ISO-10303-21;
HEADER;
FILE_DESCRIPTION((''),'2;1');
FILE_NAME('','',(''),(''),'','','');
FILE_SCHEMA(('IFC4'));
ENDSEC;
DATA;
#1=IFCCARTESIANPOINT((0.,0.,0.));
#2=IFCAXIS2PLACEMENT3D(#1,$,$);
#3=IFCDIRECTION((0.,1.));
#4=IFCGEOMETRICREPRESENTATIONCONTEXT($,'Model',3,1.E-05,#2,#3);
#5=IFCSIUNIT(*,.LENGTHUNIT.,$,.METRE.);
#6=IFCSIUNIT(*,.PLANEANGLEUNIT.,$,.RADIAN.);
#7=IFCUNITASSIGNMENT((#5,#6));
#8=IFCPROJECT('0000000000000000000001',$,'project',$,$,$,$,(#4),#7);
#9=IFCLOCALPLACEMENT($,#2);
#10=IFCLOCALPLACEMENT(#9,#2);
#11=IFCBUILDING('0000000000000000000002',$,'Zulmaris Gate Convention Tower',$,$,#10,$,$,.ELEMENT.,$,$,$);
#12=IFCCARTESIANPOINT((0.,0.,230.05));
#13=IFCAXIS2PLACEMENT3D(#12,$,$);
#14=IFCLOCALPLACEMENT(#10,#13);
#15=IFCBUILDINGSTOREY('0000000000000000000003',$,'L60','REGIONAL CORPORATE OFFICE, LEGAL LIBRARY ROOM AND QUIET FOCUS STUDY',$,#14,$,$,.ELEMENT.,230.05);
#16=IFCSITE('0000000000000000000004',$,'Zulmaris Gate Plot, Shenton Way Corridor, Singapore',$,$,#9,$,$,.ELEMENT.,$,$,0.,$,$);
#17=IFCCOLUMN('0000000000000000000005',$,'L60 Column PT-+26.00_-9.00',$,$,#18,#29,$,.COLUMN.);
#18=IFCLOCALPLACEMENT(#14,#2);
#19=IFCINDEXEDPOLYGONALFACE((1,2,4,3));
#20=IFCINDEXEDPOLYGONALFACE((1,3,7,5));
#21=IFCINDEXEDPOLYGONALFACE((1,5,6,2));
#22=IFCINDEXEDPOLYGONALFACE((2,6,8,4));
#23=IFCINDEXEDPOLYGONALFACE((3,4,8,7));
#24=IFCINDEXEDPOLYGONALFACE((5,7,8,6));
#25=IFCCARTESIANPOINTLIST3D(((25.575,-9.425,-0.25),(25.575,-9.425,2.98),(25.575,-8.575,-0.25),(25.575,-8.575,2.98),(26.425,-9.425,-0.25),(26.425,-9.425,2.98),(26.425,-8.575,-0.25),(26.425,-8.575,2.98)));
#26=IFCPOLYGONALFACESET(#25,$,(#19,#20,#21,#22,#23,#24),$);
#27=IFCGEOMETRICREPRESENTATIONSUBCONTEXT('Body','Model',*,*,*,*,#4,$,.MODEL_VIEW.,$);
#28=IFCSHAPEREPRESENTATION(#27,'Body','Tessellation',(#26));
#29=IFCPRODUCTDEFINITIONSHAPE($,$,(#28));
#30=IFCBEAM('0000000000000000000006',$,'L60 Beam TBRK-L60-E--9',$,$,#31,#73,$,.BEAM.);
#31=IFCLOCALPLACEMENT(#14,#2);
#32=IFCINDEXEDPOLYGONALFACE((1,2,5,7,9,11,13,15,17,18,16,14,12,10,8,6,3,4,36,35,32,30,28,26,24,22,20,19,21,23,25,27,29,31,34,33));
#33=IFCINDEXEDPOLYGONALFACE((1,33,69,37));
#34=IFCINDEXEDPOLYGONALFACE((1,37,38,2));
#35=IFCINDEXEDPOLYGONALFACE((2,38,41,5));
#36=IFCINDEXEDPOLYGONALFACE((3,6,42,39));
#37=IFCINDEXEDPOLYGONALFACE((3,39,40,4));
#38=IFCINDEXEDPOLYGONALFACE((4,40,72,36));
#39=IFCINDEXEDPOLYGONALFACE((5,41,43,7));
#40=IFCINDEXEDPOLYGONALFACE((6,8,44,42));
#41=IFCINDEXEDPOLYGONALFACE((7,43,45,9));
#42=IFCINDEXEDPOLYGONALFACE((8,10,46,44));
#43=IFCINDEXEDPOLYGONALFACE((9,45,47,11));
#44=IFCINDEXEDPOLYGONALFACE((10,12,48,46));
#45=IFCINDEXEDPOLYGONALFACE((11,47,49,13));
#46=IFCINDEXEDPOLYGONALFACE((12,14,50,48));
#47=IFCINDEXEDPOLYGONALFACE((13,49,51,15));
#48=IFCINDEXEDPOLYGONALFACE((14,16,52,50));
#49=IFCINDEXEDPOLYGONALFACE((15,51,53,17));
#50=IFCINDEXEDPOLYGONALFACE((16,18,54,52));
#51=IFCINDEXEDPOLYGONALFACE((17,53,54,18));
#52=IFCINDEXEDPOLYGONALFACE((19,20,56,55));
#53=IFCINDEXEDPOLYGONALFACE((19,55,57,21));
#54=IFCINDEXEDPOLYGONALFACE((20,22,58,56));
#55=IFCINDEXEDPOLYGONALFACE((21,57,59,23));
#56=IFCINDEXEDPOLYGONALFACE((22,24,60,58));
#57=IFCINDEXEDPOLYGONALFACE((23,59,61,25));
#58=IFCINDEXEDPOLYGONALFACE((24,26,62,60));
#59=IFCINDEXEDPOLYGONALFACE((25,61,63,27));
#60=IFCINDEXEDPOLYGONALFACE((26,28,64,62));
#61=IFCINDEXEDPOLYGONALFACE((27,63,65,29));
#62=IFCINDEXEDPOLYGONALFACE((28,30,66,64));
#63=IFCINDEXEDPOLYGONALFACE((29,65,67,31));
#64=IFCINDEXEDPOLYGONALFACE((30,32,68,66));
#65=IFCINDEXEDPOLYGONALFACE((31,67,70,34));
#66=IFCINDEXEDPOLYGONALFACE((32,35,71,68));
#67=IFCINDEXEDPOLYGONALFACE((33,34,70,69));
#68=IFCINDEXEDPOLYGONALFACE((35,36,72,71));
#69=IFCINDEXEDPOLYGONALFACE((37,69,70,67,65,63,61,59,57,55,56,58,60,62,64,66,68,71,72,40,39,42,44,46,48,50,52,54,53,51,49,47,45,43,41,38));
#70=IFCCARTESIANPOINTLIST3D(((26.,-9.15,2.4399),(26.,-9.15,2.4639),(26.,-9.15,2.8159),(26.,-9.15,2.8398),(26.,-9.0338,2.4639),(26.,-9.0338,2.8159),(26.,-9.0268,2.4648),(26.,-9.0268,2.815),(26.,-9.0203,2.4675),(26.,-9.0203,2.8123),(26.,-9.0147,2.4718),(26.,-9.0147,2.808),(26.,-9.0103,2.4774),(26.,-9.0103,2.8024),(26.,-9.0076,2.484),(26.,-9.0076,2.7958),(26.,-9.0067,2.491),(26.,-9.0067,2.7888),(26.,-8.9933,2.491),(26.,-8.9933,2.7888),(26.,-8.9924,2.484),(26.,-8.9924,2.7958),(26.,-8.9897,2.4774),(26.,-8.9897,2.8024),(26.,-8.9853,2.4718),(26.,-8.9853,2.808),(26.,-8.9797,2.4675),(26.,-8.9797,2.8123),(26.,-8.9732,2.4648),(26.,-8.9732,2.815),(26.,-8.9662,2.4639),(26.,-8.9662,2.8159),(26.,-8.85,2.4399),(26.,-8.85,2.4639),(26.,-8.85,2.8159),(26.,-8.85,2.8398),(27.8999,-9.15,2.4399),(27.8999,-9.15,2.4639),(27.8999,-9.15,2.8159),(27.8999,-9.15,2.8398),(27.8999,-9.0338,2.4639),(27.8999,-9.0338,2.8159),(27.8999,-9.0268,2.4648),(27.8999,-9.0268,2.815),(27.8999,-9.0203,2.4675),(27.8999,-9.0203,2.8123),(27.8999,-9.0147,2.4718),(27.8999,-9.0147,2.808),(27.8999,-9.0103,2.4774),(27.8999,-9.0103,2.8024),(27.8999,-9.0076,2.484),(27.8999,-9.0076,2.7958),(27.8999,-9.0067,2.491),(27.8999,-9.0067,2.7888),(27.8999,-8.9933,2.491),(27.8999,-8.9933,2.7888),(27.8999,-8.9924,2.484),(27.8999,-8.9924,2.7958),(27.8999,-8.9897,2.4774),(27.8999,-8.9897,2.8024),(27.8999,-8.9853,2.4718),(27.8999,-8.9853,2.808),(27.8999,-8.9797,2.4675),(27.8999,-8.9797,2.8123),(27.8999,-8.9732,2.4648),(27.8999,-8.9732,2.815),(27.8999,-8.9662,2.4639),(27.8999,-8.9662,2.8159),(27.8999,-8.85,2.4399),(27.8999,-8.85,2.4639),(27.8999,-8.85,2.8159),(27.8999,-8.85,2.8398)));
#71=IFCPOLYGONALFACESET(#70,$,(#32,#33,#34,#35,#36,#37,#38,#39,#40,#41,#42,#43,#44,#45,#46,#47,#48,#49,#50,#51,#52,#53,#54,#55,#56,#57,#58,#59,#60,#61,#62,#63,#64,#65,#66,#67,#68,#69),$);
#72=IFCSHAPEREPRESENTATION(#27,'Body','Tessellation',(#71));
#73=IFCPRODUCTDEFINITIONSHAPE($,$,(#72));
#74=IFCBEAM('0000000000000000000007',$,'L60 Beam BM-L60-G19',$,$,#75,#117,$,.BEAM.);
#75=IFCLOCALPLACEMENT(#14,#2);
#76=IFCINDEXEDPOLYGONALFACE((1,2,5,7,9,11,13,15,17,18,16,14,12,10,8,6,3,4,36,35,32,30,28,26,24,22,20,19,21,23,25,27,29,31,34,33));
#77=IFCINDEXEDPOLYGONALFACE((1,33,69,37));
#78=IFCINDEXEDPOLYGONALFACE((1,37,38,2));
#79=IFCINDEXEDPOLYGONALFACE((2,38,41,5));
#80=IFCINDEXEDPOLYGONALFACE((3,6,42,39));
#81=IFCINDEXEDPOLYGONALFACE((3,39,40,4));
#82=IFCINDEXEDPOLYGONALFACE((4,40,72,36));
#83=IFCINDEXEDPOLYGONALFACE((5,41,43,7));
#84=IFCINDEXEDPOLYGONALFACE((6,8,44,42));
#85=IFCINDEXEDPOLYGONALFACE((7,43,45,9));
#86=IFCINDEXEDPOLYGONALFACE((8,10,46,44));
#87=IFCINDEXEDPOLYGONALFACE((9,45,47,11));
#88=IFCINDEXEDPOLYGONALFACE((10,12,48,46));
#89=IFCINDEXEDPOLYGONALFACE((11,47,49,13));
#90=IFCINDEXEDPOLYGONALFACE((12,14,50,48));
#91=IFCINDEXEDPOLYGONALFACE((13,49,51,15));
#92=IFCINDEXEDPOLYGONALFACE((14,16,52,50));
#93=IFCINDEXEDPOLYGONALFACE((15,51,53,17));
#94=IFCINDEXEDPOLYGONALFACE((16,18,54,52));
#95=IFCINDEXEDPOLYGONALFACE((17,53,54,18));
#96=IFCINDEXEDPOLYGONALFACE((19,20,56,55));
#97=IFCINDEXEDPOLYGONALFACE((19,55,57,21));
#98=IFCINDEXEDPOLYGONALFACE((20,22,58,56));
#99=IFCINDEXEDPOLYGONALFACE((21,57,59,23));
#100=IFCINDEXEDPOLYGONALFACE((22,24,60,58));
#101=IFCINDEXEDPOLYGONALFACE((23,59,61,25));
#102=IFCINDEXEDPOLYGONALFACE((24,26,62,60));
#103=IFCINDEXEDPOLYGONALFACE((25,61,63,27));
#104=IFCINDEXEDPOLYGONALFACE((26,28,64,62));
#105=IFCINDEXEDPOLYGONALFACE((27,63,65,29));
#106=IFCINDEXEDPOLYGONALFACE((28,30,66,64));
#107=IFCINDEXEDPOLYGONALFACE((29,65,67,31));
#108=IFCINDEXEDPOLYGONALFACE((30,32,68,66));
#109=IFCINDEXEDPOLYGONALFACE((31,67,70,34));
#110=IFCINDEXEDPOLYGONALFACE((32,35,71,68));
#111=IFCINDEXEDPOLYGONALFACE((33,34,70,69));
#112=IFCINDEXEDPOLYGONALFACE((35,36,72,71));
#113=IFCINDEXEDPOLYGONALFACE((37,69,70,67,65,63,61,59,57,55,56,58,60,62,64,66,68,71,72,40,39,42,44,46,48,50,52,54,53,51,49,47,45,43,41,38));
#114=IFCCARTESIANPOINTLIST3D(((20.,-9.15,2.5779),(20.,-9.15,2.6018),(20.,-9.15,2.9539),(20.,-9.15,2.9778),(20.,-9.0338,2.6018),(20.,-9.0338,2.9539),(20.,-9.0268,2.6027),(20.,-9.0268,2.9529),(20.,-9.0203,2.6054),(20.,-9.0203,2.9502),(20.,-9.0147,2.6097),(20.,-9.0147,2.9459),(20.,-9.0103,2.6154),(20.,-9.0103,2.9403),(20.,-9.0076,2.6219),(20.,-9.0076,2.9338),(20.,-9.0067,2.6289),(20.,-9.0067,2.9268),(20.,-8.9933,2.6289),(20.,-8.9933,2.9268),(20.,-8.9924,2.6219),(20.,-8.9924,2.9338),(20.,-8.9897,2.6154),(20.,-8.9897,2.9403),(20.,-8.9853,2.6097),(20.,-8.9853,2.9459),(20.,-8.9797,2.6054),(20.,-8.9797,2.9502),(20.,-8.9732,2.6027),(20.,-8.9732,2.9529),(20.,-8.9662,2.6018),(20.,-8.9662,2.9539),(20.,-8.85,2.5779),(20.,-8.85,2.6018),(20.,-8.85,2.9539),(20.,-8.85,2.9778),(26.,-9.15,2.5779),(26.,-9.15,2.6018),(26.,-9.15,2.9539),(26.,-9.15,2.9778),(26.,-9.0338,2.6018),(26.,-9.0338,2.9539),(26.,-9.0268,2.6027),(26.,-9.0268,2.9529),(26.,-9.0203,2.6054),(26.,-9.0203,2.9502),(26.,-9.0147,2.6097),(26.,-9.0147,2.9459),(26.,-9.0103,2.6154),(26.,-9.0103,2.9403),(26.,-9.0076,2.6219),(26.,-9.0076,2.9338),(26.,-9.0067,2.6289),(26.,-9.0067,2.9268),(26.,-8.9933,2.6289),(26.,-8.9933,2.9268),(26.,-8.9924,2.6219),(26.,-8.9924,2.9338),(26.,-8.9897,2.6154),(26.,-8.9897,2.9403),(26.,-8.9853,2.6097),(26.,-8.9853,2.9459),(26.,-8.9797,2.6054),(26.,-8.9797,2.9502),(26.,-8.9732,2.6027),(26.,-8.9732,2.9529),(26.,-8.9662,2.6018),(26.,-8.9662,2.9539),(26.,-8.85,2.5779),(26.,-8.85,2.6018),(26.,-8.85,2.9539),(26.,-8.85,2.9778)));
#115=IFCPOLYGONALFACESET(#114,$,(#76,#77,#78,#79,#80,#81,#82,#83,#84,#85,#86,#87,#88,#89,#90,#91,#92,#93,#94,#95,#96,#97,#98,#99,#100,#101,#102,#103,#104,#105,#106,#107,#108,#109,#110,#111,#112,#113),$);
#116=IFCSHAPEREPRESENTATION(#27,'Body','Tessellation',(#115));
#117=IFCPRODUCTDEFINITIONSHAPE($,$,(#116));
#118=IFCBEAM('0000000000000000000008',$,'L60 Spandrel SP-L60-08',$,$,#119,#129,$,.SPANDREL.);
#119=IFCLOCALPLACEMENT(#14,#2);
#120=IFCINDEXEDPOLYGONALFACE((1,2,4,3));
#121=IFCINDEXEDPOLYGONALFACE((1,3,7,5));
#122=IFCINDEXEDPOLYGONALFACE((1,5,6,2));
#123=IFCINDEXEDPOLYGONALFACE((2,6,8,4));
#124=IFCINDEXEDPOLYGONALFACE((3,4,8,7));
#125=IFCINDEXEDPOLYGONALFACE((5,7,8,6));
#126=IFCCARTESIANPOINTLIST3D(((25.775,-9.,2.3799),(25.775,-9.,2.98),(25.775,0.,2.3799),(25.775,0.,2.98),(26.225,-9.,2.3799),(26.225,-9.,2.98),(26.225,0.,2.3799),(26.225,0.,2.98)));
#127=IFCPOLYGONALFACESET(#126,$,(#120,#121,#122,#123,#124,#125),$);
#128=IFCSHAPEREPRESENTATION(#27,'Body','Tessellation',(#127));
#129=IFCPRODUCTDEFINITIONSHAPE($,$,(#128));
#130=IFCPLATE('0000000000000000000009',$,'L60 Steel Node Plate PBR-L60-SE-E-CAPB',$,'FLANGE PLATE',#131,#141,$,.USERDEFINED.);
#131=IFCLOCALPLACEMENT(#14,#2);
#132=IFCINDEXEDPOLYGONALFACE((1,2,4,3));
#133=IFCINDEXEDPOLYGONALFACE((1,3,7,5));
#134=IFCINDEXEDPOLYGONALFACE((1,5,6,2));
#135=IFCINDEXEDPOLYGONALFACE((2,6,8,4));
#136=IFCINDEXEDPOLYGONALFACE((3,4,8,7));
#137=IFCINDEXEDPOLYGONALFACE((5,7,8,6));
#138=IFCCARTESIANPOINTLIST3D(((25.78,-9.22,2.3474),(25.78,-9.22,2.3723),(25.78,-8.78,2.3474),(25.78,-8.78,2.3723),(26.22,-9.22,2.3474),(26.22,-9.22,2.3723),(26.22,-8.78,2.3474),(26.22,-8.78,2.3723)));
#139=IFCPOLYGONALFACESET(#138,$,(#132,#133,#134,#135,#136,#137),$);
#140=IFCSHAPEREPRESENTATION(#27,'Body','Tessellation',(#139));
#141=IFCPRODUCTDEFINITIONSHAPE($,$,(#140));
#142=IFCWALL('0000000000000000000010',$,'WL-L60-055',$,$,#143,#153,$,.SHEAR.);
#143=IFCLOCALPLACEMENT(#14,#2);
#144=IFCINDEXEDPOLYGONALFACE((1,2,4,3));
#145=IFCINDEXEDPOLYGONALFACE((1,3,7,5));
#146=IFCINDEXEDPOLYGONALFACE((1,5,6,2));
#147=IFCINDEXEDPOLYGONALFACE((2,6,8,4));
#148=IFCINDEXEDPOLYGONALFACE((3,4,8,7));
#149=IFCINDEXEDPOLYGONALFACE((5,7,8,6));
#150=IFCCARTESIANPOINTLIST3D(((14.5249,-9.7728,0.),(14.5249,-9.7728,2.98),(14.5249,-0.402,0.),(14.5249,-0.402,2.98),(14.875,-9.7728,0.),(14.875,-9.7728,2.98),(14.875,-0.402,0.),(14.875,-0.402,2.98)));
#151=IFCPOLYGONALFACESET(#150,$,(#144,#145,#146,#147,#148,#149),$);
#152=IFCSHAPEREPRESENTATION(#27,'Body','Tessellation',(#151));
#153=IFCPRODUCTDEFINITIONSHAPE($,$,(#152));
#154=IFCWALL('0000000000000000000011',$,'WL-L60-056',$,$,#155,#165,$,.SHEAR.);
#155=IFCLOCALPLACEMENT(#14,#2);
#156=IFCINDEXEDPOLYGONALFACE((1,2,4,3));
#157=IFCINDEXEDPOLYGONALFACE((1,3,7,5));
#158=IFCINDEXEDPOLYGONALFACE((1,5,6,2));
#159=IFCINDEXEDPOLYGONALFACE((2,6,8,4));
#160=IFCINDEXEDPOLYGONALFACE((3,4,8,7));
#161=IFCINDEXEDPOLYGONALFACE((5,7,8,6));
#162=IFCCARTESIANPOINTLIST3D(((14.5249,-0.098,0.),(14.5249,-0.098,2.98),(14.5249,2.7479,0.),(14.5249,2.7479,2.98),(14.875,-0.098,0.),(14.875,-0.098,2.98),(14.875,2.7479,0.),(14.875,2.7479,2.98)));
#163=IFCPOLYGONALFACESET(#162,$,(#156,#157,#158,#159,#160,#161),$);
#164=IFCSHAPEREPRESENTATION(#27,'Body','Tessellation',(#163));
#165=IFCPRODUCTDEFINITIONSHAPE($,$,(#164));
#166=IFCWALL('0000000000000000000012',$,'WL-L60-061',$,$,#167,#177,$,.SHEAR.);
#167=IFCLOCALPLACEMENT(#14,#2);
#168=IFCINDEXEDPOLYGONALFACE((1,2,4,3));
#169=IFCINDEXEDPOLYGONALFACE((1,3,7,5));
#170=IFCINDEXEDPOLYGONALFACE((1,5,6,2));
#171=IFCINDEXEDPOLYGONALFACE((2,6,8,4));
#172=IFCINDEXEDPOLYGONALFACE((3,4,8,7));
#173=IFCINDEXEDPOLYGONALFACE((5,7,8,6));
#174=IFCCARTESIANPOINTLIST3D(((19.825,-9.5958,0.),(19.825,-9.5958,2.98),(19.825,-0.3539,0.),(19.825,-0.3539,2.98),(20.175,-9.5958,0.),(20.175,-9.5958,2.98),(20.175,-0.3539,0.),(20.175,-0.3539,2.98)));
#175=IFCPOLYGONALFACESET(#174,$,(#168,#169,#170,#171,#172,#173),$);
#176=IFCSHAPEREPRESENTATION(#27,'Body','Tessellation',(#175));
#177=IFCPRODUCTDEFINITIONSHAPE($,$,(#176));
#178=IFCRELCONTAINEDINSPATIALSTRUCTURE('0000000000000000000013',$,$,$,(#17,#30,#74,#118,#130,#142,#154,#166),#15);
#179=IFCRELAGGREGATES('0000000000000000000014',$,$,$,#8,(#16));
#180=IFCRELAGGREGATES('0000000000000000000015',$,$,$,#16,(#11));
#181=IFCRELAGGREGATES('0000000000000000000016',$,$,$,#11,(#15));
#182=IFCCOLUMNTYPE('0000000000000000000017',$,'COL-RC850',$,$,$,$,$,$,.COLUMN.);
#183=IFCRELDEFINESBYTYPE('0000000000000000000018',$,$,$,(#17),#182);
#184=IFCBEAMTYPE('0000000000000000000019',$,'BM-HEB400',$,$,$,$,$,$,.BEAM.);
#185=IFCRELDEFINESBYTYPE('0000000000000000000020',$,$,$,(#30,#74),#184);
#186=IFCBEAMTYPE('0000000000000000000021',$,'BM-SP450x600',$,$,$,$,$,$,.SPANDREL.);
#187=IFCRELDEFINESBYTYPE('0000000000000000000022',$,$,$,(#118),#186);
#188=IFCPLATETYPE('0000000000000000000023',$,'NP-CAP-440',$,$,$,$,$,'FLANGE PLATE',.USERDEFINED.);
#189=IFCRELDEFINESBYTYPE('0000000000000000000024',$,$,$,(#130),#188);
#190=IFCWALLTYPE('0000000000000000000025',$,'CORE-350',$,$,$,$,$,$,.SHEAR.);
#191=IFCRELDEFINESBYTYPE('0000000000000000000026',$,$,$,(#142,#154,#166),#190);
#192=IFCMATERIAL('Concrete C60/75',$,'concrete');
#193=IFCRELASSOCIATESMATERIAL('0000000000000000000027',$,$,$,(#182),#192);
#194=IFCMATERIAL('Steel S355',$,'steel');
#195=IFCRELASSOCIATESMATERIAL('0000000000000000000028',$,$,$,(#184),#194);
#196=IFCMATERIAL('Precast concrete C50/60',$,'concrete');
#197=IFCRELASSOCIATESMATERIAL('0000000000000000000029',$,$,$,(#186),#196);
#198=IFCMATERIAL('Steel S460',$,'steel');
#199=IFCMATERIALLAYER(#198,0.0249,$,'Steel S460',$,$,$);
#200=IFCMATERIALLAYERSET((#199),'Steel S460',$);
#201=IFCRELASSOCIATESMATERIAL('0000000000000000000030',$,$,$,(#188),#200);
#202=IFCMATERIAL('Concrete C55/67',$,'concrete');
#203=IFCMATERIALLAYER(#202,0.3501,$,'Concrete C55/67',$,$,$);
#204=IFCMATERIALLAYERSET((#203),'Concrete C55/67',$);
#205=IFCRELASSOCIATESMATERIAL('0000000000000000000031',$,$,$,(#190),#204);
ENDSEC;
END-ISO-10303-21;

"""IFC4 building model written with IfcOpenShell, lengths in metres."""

from ifc_helpers import new_model, si_unit, direction, frame, frame_2d, origin, origin_2d, place, context, subcontext, project, spatial, rectangle, i_section, extrude, material, layer, layer_set, material_profile, profile_set, type_object, element, save


model = new_model("IFC4")

# Units and contexts
model_context = context("Model", 3, precision=1e-05, world=origin(), true_north=direction((0.0, 1.0)))
body_context = subcontext(model_context, "Body", "Model", "MODEL_VIEW")
ifc_project = project(units=[si_unit("LENGTHUNIT", "METRE"), si_unit("PLANEANGLEUNIT", "RADIAN")], contexts=[model_context])

# Site, building, storey
site_placement = place(None, origin())
site = spatial("IfcSite", under=ifc_project, at=site_placement, Name="Zulmaris Gate Plot, Shenton Way Corridor, Singapore", CompositionType="ELEMENT", RefElevation=0.0)
building_placement = place(site_placement, origin())
building = spatial("IfcBuilding", under=site, at=building_placement, Name="Zulmaris Gate Convention Tower", CompositionType="ELEMENT")
storey_placement = place(building_placement, frame((0.0, 0.0, 230.05)))
storey = spatial("IfcBuildingStorey", under=building, at=storey_placement, Name="L60", Description="REGIONAL CORPORATE OFFICE, LEGAL LIBRARY ROOM AND QUIET FOCUS STUDY", CompositionType="ELEMENT", Elevation=230.05)

# Column
ifc_material_1 = material(Name="Concrete C60/75", Category="concrete")
ifc_material_profile_1 = material_profile(ifc_material_1, rectangle(XDim=0.8501, YDim=0.8501, at=origin_2d()), Name="RC COL 850x850")
ifc_profile_set_1 = profile_set([ifc_material_profile_1], Name="Concrete C60/75")
column_type = type_object("IfcColumnType", Name="COL-RC850", PredefinedType="COLUMN", material=ifc_profile_set_1)
column_placement = place(storey_placement, frame((26.0, -9.0, -0.25), z_axis=(0.0, 0.0, 1.0), x_axis=(1.0, 0.0, 0.0)))
element("IfcColumn", 1, at=column_placement, inside=storey, type_object=column_type, Name="L60 Column PT-+26.00_-9.00", PredefinedType="COLUMN", context=body_context, shape_type="SweptSolid", body=[
    extrude(rectangle(XDim=0.8501, YDim=0.8501, at=origin_2d()), origin(), (0.0, 0.0, 1.0), 3.23),
])

# Beams
ifc_material_2 = material(Name="Steel S355", Category="steel")
ifc_material_profile_2 = material_profile(ifc_material_2, i_section(OverallWidth=0.3, OverallDepth=0.3999, WebThickness=0.0134, FlangeThickness=0.0239, FilletRadius=0.0271, at=origin_2d()), Name="HEB 400")
ifc_profile_set_2 = profile_set([ifc_material_profile_2], Name="Steel S355")
beam_type_1 = type_object("IfcBeamType", Name="BM-HEB400", PredefinedType="BEAM", material=ifc_profile_set_2)
beam_1_placement = place(storey_placement, frame((26.0, -9.0, 2.6399), z_axis=(1.0, 0.0, 0.0), x_axis=(0.0, 1.0, 0.0)))
element("IfcBeam", 2, at=beam_1_placement, inside=storey, type_object=beam_type_1, Name="L60 Beam TBRK-L60-E--9", PredefinedType="BEAM", context=body_context, shape_type="SweptSolid", body=[
    extrude(i_section(OverallWidth=0.3, OverallDepth=0.3999, WebThickness=0.0134, FlangeThickness=0.0239, FilletRadius=0.0271, at=origin_2d()), origin(), (0.0, 0.0, 1.0), 1.8999),
])
beam_2_placement = place(storey_placement, frame((20.0, -9.0, 2.7778), z_axis=(1.0, 0.0, 0.0), x_axis=(0.0, 1.0, 0.0)))
element("IfcBeam", 3, at=beam_2_placement, inside=storey, type_object=beam_type_1, Name="L60 Beam BM-L60-G19", PredefinedType="BEAM", context=body_context, shape_type="SweptSolid", body=[
    extrude(i_section(OverallWidth=0.3, OverallDepth=0.3999, WebThickness=0.0134, FlangeThickness=0.0239, FilletRadius=0.0271, at=origin_2d()), origin(), (0.0, 0.0, 1.0), 6.0),
])
ifc_material_3 = material(Name="Precast concrete C50/60", Category="concrete")
ifc_material_profile_3 = material_profile(ifc_material_3, rectangle(XDim=0.45, YDim=0.6001, at=origin_2d()), Name="RC SPANDREL 450x600")
ifc_profile_set_3 = profile_set([ifc_material_profile_3], Name="Precast concrete C50/60")
beam_type_2 = type_object("IfcBeamType", Name="BM-SP450x600", PredefinedType="SPANDREL", material=ifc_profile_set_3)
beam_3_placement = place(storey_placement, frame((26.0, -9.0, 2.6799), z_axis=(0.0, 1.0, 0.0), x_axis=(-1.0, 0.0, 0.0)))
element("IfcBeam", 4, at=beam_3_placement, inside=storey, type_object=beam_type_2, Name="L60 Spandrel SP-L60-08", PredefinedType="SPANDREL", context=body_context, shape_type="SweptSolid", body=[
    extrude(rectangle(XDim=0.45, YDim=0.6001, at=origin_2d()), origin(), (0.0, 0.0, 1.0), 9.0),
])

# Plate
ifc_material_4 = material(Name="Steel S460", Category="steel")
ifc_layer_1 = layer(ifc_material_4, 0.0249, Name="Steel S460")
ifc_layer_set_1 = layer_set([ifc_layer_1], Name="Steel S460")
plate_type = type_object("IfcPlateType", Name="NP-CAP-440", ElementType="FLANGE PLATE", PredefinedType="USERDEFINED", material=ifc_layer_set_1)
plate_placement = place(storey_placement, frame((26.0, -9.0, 2.3474), z_axis=(0.0, 0.0, 1.0), x_axis=(1.0, 0.0, 0.0)))
element("IfcPlate", 5, at=plate_placement, inside=storey, type_object=plate_type, Name="L60 Steel Node Plate PBR-L60-SE-E-CAPB", ObjectType="FLANGE PLATE", PredefinedType="USERDEFINED", context=body_context, shape_type="SweptSolid", body=[
    extrude(rectangle(XDim=0.4399, YDim=0.4399, at=origin_2d()), origin(), (0.0, 0.0, 1.0), 0.0249),
])

# Walls
ifc_material_5 = material(Name="Concrete C55/67", Category="concrete")
ifc_layer_2 = layer(ifc_material_5, 0.3501, Name="Concrete C55/67")
ifc_layer_set_2 = layer_set([ifc_layer_2], Name="Concrete C55/67")
wall_type_1 = type_object("IfcWallType", Name="CORE-350", PredefinedType="SHEAR", material=ifc_layer_set_2)
wall_1_placement = place(storey_placement, frame((14.7, -9.7729, 0.0), z_axis=(0.0, 0.0, 1.0), x_axis=(0.0, 1.0, 0.0)))
element("IfcWall", 6, at=wall_1_placement, inside=storey, type_object=wall_type_1, Name="WL-L60-055", PredefinedType="SHEAR", context=body_context, shape_type="SweptSolid", body=[
    extrude(rectangle(XDim=9.3708, YDim=0.3501, at=frame_2d((4.6855, 0.0))), origin(), (0.0, 0.0, 1.0), 2.98),
])
wall_2_placement = place(storey_placement, frame((14.7, -0.0979, 0.0), z_axis=(0.0, 0.0, 1.0), x_axis=(0.0, 1.0, 0.0)))
element("IfcWall", 7, at=wall_2_placement, inside=storey, type_object=wall_type_1, Name="WL-L60-056", PredefinedType="SHEAR", context=body_context, shape_type="SweptSolid", body=[
    extrude(rectangle(XDim=2.8459, YDim=0.3501, at=frame_2d((1.4229, 0.0))), origin(), (0.0, 0.0, 1.0), 2.98),
])
wall_3_placement = place(storey_placement, frame((20.0, -9.5959, 0.0), z_axis=(0.0, 0.0, 1.0), x_axis=(0.0, 1.0, 0.0)))
element("IfcWall", 8, at=wall_3_placement, inside=storey, type_object=wall_type_1, Name="WL-L60-061", PredefinedType="SHEAR", context=body_context, shape_type="SweptSolid", body=[
    extrude(rectangle(XDim=9.2419, YDim=0.3501, at=frame_2d((4.6211, 0.0))), origin(), (0.0, 0.0, 1.0), 2.98),
])

save(model, "model.ifc")
